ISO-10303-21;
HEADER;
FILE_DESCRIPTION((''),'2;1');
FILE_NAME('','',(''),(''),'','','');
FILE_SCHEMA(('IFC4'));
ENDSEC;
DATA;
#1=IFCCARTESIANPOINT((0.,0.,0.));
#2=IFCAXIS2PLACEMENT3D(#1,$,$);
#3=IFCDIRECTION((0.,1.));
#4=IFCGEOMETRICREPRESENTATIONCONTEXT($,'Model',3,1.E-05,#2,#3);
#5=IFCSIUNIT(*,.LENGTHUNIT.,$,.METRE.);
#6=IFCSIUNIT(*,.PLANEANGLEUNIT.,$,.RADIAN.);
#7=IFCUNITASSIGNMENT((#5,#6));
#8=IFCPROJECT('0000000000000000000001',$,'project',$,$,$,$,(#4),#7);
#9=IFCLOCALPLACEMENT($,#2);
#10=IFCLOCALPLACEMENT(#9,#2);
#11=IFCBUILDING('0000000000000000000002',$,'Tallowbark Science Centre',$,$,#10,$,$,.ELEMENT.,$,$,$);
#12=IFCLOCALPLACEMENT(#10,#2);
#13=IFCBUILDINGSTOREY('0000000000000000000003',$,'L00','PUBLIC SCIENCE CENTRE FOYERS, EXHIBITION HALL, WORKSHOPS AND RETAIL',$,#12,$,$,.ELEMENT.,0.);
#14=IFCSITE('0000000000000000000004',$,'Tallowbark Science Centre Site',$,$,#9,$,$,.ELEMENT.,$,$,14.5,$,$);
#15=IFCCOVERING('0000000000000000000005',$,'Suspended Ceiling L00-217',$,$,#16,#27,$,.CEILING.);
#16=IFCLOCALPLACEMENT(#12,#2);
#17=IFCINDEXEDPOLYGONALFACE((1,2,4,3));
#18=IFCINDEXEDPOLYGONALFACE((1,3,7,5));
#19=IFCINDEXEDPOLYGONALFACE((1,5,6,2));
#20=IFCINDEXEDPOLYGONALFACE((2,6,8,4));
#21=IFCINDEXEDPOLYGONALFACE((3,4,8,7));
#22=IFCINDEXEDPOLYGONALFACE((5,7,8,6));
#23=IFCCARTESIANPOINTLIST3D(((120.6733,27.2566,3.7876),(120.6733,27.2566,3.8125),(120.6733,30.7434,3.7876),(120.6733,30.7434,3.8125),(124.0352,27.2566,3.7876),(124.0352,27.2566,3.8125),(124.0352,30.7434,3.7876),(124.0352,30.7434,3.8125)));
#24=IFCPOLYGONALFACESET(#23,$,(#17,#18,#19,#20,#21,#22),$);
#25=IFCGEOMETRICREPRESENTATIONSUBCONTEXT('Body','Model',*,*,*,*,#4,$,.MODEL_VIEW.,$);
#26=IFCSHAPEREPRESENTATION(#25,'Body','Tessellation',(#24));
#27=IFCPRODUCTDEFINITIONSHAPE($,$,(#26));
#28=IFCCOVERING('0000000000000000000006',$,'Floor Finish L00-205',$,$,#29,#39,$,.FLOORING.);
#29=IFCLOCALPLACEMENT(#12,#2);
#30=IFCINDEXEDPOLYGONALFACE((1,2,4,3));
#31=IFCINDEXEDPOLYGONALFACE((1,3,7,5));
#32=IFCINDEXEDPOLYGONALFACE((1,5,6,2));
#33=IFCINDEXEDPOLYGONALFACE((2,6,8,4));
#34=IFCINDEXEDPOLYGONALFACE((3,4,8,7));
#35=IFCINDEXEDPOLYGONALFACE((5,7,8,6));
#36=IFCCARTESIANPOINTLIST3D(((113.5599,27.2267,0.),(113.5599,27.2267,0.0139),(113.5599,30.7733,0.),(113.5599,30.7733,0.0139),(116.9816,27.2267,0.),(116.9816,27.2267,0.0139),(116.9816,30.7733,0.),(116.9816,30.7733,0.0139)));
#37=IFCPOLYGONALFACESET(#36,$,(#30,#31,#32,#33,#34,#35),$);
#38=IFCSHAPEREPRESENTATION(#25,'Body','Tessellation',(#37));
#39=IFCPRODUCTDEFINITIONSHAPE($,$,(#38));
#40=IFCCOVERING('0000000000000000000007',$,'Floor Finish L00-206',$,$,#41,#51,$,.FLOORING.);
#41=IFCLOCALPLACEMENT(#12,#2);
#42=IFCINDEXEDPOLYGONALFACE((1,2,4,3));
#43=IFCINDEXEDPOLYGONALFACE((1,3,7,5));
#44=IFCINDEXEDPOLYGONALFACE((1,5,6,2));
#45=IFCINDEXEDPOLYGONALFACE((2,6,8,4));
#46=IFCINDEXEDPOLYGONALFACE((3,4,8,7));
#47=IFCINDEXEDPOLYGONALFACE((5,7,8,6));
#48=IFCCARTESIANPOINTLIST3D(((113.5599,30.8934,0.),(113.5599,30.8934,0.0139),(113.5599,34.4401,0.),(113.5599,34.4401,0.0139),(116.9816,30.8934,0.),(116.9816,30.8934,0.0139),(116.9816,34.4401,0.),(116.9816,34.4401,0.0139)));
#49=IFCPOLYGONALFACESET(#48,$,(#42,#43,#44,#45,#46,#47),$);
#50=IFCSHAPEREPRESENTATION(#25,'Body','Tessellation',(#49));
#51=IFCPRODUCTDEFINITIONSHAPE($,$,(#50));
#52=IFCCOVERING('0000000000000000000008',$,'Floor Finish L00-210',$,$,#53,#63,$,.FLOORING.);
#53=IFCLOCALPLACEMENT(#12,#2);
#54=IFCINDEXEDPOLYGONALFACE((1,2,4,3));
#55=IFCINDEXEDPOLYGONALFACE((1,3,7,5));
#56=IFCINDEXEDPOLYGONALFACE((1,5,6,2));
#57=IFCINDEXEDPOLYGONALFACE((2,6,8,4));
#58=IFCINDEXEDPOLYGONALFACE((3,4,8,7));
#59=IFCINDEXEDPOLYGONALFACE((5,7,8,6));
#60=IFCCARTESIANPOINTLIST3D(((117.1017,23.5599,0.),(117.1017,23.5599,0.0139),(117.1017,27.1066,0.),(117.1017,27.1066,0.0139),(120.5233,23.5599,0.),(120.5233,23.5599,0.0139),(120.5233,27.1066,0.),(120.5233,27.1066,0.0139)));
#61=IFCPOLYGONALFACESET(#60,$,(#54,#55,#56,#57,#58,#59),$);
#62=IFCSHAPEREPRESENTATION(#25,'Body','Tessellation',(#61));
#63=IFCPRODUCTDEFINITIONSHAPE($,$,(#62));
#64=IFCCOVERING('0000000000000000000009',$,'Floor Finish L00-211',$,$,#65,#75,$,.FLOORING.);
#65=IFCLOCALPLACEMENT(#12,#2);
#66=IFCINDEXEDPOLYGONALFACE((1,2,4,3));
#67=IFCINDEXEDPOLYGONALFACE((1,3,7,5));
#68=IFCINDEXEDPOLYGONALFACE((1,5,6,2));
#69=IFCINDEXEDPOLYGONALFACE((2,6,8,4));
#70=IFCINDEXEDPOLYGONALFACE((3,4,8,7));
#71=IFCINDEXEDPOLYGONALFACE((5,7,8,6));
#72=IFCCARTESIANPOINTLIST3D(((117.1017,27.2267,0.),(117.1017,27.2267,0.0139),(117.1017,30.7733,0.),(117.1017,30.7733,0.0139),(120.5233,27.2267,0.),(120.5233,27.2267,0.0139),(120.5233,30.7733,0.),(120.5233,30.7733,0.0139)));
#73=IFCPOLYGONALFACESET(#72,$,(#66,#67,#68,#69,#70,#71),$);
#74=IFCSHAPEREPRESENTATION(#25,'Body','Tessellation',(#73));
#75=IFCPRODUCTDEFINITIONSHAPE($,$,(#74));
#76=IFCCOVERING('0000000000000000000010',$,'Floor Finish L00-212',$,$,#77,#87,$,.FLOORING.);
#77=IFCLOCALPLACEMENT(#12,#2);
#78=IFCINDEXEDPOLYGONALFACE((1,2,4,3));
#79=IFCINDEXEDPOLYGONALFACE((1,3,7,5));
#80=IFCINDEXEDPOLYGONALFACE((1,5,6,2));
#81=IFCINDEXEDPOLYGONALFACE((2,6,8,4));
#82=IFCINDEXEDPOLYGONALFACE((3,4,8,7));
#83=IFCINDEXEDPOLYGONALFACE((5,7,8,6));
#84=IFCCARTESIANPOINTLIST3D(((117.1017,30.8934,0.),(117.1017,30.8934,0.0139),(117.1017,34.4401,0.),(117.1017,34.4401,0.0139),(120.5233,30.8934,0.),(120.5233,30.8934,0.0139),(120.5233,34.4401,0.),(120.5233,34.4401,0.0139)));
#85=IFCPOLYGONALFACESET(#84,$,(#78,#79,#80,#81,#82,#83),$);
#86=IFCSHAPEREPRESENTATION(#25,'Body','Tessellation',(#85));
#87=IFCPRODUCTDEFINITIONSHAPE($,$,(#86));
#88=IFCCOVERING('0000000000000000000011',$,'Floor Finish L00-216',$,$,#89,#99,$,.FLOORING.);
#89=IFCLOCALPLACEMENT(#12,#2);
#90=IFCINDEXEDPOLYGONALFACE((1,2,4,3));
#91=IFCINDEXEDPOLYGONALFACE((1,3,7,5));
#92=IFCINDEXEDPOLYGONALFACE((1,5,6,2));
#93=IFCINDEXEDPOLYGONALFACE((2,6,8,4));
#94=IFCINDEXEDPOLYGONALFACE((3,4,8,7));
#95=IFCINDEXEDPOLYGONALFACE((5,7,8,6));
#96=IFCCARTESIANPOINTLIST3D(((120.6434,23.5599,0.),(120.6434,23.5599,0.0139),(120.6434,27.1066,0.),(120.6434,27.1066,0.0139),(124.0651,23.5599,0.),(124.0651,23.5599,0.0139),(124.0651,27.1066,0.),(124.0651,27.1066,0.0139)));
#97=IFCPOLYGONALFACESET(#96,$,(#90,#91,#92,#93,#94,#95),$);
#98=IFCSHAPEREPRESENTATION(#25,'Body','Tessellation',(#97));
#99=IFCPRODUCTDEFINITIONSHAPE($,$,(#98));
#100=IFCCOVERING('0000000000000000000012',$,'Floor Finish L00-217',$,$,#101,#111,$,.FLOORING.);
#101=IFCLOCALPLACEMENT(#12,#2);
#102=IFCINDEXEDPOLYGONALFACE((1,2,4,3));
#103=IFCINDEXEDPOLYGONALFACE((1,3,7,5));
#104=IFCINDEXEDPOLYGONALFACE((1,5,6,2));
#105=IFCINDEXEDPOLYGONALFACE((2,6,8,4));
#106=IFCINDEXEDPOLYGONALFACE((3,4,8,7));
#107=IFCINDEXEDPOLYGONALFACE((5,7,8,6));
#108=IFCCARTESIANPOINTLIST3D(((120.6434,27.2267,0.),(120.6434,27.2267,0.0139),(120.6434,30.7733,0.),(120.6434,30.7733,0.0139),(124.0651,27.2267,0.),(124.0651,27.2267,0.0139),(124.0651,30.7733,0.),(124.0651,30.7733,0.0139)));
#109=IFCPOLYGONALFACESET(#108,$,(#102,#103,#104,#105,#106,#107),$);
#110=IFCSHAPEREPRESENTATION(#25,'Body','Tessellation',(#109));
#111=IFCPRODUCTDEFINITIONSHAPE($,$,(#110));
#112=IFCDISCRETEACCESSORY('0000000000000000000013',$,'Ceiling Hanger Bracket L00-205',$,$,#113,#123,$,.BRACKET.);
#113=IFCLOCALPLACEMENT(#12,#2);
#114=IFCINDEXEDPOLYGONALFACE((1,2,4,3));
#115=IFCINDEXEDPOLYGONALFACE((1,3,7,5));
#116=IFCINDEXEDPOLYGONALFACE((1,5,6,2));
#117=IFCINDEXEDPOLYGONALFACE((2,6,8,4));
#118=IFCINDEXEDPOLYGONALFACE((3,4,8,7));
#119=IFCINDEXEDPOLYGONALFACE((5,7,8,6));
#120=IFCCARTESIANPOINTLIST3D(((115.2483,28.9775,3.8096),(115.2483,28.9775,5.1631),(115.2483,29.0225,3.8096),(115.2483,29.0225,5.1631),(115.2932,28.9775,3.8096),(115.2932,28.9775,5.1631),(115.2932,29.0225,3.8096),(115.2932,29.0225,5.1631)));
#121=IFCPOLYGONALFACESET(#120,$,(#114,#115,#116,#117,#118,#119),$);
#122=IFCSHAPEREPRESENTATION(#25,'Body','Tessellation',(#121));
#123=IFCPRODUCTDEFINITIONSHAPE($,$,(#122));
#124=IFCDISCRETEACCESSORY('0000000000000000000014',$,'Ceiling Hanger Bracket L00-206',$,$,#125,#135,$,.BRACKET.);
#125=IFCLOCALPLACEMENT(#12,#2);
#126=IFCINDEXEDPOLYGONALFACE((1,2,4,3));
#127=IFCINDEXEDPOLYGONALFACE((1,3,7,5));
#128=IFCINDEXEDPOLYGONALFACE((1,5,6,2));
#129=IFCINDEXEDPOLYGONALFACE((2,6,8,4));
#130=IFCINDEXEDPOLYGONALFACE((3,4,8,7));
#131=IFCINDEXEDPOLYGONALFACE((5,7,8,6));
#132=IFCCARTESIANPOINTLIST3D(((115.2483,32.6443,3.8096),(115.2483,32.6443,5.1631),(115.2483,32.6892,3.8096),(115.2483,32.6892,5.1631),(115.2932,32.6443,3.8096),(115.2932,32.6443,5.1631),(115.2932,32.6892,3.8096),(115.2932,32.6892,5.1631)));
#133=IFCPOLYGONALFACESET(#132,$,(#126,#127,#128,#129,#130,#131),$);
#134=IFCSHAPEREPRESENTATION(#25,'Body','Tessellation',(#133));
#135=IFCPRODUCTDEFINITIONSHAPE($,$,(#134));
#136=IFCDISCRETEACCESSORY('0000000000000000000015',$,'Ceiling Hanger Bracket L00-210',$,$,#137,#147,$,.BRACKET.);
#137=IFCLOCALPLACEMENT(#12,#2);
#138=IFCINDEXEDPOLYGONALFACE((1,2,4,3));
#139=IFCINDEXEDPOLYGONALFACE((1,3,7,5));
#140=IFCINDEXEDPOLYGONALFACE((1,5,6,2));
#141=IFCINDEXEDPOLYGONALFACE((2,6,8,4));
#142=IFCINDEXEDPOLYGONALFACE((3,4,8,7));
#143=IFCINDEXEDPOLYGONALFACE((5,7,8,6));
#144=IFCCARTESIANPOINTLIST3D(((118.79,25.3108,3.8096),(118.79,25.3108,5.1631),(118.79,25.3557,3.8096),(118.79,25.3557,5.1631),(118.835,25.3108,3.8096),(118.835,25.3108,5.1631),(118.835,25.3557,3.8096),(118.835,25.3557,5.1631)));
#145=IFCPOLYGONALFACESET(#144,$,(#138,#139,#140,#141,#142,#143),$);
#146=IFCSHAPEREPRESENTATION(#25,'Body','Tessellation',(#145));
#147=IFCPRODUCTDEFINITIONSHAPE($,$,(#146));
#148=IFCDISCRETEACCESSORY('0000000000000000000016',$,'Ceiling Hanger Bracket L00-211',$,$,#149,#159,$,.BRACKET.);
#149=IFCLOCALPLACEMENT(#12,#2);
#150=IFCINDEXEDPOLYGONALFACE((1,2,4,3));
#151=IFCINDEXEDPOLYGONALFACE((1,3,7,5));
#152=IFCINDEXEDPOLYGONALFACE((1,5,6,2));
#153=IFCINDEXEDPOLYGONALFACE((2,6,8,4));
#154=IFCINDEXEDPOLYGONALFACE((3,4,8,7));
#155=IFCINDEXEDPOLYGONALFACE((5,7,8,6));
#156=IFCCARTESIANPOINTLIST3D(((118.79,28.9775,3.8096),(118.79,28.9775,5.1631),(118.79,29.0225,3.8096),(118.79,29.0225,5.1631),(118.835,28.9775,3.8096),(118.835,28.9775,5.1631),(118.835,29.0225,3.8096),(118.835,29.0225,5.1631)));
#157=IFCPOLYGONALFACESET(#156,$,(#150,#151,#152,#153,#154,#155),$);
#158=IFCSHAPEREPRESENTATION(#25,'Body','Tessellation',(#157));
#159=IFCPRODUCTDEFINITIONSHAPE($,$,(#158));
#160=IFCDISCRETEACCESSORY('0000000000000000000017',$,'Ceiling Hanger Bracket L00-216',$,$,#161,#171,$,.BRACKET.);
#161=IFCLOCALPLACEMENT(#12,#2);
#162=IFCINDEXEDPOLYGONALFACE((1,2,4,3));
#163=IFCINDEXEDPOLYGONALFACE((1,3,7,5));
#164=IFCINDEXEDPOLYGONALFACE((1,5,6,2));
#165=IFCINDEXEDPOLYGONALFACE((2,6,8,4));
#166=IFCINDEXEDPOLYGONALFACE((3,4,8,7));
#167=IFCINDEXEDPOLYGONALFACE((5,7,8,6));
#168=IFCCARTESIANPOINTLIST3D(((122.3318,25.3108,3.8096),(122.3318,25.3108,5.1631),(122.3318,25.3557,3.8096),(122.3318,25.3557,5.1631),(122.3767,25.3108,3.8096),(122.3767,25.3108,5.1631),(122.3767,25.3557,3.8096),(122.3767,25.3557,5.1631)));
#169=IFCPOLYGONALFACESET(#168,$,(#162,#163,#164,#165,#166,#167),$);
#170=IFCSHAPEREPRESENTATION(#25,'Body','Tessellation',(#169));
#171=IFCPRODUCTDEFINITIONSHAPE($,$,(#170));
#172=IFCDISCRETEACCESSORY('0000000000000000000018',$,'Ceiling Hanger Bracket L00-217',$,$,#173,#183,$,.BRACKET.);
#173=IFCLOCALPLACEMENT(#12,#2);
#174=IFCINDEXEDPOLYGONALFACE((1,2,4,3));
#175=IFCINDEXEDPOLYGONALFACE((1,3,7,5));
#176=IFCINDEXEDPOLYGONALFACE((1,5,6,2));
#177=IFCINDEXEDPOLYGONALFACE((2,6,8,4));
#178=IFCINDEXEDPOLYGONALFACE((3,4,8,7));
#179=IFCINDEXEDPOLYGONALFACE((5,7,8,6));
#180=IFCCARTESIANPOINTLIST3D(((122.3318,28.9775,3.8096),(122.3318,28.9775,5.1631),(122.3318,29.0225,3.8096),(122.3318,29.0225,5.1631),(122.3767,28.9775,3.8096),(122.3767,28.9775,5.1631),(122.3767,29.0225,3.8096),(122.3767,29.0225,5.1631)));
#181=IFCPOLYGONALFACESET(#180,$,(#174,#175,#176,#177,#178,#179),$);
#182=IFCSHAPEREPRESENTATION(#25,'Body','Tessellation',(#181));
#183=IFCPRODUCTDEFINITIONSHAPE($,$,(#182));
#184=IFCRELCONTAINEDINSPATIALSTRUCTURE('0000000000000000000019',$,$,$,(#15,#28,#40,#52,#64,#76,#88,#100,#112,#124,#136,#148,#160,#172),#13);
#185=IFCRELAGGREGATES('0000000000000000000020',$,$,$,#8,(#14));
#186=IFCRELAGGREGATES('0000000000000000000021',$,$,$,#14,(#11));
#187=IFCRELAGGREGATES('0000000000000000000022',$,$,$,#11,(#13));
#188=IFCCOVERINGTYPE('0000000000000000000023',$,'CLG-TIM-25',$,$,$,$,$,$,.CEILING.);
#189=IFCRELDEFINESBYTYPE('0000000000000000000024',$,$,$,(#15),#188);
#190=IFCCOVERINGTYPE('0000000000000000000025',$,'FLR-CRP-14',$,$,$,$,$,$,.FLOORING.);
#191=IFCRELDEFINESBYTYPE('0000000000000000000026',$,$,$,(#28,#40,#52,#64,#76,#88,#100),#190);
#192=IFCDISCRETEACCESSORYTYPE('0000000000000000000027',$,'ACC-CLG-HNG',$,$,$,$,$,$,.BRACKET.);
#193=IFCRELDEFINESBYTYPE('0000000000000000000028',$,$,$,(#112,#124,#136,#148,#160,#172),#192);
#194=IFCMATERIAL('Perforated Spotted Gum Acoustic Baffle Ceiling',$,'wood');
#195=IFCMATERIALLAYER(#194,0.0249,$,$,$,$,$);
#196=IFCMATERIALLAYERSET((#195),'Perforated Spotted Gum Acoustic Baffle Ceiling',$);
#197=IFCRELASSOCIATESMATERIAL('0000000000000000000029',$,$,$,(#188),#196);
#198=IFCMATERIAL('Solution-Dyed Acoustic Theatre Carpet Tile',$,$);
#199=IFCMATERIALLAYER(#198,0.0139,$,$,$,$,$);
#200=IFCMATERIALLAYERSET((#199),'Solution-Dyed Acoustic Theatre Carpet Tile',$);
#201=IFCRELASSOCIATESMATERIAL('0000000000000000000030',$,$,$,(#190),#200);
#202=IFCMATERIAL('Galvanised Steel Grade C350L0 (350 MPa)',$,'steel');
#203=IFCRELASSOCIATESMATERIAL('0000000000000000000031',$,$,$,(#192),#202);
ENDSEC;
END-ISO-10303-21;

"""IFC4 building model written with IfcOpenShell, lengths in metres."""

from ifc_helpers import new_model, si_unit, direction, frame, origin, origin_2d, place, context, subcontext, project, spatial, rectangle, extrude, material, layer, layer_set, type_object, element, save


model = new_model("IFC4")

# Units and contexts
model_context = context("Model", 3, precision=1e-05, world=origin(), true_north=direction((0.0, 1.0)))
body_context = subcontext(model_context, "Body", "Model", "MODEL_VIEW")
ifc_project = project(units=[si_unit("LENGTHUNIT", "METRE"), si_unit("PLANEANGLEUNIT", "RADIAN")], contexts=[model_context])

# Site, building, storey
site_placement = place(None, origin())
site = spatial("IfcSite", under=ifc_project, at=site_placement, Name="Tallowbark Science Centre Site", CompositionType="ELEMENT", RefElevation=14.5)
building_placement = place(site_placement, origin())
building = spatial("IfcBuilding", under=site, at=building_placement, Name="Tallowbark Science Centre", CompositionType="ELEMENT")
storey_placement = place(building_placement, origin())
storey = spatial("IfcBuildingStorey", under=building, at=storey_placement, Name="L00", Description="PUBLIC SCIENCE CENTRE FOYERS, EXHIBITION HALL, WORKSHOPS AND RETAIL", CompositionType="ELEMENT", Elevation=0.0)

# Coverings
ifc_material_1 = material(Name="Perforated Spotted Gum Acoustic Baffle Ceiling", Category="wood")
ifc_layer_1 = layer(ifc_material_1, 0.0249)
ifc_layer_set_1 = layer_set([ifc_layer_1], Name="Perforated Spotted Gum Acoustic Baffle Ceiling")
covering_type_1 = type_object("IfcCoveringType", Name="CLG-TIM-25", PredefinedType="CEILING", material=ifc_layer_set_1)
for number, where, z_axis, x_axis, name in (
    (1, (122.3542, 29.0, 3.7876), (0.0, 0.0, 1.0), (1.0, 0.0, 0.0), "Suspended Ceiling L00-217"),
):
    element("IfcCovering", number, at=place(storey_placement, frame(where, z_axis=z_axis, x_axis=x_axis)), inside=storey, type_object=covering_type_1, Name=name, PredefinedType="CEILING", context=body_context, shape_type="SweptSolid", body=[
        extrude(rectangle(XDim=3.3618, YDim=3.4868, at=origin_2d()), origin(), (0.0, 0.0, 1.0), 0.0249),
    ])
ifc_material_2 = material(Name="Solution-Dyed Acoustic Theatre Carpet Tile")
ifc_layer_2 = layer(ifc_material_2, 0.0139)
ifc_layer_set_2 = layer_set([ifc_layer_2], Name="Solution-Dyed Acoustic Theatre Carpet Tile")
covering_type_2 = type_object("IfcCoveringType", Name="FLR-CRP-14", PredefinedType="FLOORING", material=ifc_layer_set_2)
for number, where, z_axis, x_axis, name in (
    (2, (115.2708, 29.0, 0.0), (0.0, 0.0, 1.0), (1.0, 0.0, 0.0), "Floor Finish L00-205"),
    (3, (115.2708, 32.6667, 0.0), (0.0, 0.0, 1.0), (1.0, 0.0, 0.0), "Floor Finish L00-206"),
    (4, (118.8125, 25.3333, 0.0), (0.0, 0.0, 1.0), (1.0, 0.0, 0.0), "Floor Finish L00-210"),
    (5, (118.8125, 29.0, 0.0), (0.0, 0.0, 1.0), (1.0, 0.0, 0.0), "Floor Finish L00-211"),
    (6, (118.8125, 32.6667, 0.0), (0.0, 0.0, 1.0), (1.0, 0.0, 0.0), "Floor Finish L00-212"),
    (7, (122.3542, 25.3333, 0.0), (0.0, 0.0, 1.0), (1.0, 0.0, 0.0), "Floor Finish L00-216"),
    (8, (122.3542, 29.0, 0.0), (0.0, 0.0, 1.0), (1.0, 0.0, 0.0), "Floor Finish L00-217"),
):
    element("IfcCovering", number, at=place(storey_placement, frame(where, z_axis=z_axis, x_axis=x_axis)), inside=storey, type_object=covering_type_2, Name=name, PredefinedType="FLOORING", context=body_context, shape_type="SweptSolid", body=[
        extrude(rectangle(XDim=3.4216, YDim=3.5466, at=origin_2d()), origin(), (0.0, 0.0, 1.0), 0.0139),
    ])

# Discrete accessories
ifc_material_3 = material(Name="Galvanised Steel Grade C350L0 (350 MPa)", Category="steel")
discrete_accessory_type = type_object("IfcDiscreteAccessoryType", Name="ACC-CLG-HNG", PredefinedType="BRACKET", material=ifc_material_3)
for number, where, z_axis, x_axis, name in (
    (9, (115.2708, 29.0, 3.8096), (0.0, 0.0, 1.0), (1.0, 0.0, 0.0), "Ceiling Hanger Bracket L00-205"),
    (10, (115.2708, 32.6667, 3.8096), (0.0, 0.0, 1.0), (1.0, 0.0, 0.0), "Ceiling Hanger Bracket L00-206"),
    (11, (118.8125, 25.3333, 3.8096), (0.0, 0.0, 1.0), (1.0, 0.0, 0.0), "Ceiling Hanger Bracket L00-210"),
    (12, (118.8125, 29.0, 3.8096), (0.0, 0.0, 1.0), (1.0, 0.0, 0.0), "Ceiling Hanger Bracket L00-211"),
    (13, (122.3542, 25.3333, 3.8096), (0.0, 0.0, 1.0), (1.0, 0.0, 0.0), "Ceiling Hanger Bracket L00-216"),
    (14, (122.3542, 29.0, 3.8096), (0.0, 0.0, 1.0), (1.0, 0.0, 0.0), "Ceiling Hanger Bracket L00-217"),
):
    element("IfcDiscreteAccessory", number, at=place(storey_placement, frame(where, z_axis=z_axis, x_axis=x_axis)), inside=storey, type_object=discrete_accessory_type, Name=name, PredefinedType="BRACKET", context=body_context, shape_type="SweptSolid", body=[
        extrude(rectangle(XDim=0.0449, YDim=0.0449, at=origin_2d()), origin(), (0.0, 0.0, 1.0), 1.3535),
    ])

save(model, "model.ifc")
